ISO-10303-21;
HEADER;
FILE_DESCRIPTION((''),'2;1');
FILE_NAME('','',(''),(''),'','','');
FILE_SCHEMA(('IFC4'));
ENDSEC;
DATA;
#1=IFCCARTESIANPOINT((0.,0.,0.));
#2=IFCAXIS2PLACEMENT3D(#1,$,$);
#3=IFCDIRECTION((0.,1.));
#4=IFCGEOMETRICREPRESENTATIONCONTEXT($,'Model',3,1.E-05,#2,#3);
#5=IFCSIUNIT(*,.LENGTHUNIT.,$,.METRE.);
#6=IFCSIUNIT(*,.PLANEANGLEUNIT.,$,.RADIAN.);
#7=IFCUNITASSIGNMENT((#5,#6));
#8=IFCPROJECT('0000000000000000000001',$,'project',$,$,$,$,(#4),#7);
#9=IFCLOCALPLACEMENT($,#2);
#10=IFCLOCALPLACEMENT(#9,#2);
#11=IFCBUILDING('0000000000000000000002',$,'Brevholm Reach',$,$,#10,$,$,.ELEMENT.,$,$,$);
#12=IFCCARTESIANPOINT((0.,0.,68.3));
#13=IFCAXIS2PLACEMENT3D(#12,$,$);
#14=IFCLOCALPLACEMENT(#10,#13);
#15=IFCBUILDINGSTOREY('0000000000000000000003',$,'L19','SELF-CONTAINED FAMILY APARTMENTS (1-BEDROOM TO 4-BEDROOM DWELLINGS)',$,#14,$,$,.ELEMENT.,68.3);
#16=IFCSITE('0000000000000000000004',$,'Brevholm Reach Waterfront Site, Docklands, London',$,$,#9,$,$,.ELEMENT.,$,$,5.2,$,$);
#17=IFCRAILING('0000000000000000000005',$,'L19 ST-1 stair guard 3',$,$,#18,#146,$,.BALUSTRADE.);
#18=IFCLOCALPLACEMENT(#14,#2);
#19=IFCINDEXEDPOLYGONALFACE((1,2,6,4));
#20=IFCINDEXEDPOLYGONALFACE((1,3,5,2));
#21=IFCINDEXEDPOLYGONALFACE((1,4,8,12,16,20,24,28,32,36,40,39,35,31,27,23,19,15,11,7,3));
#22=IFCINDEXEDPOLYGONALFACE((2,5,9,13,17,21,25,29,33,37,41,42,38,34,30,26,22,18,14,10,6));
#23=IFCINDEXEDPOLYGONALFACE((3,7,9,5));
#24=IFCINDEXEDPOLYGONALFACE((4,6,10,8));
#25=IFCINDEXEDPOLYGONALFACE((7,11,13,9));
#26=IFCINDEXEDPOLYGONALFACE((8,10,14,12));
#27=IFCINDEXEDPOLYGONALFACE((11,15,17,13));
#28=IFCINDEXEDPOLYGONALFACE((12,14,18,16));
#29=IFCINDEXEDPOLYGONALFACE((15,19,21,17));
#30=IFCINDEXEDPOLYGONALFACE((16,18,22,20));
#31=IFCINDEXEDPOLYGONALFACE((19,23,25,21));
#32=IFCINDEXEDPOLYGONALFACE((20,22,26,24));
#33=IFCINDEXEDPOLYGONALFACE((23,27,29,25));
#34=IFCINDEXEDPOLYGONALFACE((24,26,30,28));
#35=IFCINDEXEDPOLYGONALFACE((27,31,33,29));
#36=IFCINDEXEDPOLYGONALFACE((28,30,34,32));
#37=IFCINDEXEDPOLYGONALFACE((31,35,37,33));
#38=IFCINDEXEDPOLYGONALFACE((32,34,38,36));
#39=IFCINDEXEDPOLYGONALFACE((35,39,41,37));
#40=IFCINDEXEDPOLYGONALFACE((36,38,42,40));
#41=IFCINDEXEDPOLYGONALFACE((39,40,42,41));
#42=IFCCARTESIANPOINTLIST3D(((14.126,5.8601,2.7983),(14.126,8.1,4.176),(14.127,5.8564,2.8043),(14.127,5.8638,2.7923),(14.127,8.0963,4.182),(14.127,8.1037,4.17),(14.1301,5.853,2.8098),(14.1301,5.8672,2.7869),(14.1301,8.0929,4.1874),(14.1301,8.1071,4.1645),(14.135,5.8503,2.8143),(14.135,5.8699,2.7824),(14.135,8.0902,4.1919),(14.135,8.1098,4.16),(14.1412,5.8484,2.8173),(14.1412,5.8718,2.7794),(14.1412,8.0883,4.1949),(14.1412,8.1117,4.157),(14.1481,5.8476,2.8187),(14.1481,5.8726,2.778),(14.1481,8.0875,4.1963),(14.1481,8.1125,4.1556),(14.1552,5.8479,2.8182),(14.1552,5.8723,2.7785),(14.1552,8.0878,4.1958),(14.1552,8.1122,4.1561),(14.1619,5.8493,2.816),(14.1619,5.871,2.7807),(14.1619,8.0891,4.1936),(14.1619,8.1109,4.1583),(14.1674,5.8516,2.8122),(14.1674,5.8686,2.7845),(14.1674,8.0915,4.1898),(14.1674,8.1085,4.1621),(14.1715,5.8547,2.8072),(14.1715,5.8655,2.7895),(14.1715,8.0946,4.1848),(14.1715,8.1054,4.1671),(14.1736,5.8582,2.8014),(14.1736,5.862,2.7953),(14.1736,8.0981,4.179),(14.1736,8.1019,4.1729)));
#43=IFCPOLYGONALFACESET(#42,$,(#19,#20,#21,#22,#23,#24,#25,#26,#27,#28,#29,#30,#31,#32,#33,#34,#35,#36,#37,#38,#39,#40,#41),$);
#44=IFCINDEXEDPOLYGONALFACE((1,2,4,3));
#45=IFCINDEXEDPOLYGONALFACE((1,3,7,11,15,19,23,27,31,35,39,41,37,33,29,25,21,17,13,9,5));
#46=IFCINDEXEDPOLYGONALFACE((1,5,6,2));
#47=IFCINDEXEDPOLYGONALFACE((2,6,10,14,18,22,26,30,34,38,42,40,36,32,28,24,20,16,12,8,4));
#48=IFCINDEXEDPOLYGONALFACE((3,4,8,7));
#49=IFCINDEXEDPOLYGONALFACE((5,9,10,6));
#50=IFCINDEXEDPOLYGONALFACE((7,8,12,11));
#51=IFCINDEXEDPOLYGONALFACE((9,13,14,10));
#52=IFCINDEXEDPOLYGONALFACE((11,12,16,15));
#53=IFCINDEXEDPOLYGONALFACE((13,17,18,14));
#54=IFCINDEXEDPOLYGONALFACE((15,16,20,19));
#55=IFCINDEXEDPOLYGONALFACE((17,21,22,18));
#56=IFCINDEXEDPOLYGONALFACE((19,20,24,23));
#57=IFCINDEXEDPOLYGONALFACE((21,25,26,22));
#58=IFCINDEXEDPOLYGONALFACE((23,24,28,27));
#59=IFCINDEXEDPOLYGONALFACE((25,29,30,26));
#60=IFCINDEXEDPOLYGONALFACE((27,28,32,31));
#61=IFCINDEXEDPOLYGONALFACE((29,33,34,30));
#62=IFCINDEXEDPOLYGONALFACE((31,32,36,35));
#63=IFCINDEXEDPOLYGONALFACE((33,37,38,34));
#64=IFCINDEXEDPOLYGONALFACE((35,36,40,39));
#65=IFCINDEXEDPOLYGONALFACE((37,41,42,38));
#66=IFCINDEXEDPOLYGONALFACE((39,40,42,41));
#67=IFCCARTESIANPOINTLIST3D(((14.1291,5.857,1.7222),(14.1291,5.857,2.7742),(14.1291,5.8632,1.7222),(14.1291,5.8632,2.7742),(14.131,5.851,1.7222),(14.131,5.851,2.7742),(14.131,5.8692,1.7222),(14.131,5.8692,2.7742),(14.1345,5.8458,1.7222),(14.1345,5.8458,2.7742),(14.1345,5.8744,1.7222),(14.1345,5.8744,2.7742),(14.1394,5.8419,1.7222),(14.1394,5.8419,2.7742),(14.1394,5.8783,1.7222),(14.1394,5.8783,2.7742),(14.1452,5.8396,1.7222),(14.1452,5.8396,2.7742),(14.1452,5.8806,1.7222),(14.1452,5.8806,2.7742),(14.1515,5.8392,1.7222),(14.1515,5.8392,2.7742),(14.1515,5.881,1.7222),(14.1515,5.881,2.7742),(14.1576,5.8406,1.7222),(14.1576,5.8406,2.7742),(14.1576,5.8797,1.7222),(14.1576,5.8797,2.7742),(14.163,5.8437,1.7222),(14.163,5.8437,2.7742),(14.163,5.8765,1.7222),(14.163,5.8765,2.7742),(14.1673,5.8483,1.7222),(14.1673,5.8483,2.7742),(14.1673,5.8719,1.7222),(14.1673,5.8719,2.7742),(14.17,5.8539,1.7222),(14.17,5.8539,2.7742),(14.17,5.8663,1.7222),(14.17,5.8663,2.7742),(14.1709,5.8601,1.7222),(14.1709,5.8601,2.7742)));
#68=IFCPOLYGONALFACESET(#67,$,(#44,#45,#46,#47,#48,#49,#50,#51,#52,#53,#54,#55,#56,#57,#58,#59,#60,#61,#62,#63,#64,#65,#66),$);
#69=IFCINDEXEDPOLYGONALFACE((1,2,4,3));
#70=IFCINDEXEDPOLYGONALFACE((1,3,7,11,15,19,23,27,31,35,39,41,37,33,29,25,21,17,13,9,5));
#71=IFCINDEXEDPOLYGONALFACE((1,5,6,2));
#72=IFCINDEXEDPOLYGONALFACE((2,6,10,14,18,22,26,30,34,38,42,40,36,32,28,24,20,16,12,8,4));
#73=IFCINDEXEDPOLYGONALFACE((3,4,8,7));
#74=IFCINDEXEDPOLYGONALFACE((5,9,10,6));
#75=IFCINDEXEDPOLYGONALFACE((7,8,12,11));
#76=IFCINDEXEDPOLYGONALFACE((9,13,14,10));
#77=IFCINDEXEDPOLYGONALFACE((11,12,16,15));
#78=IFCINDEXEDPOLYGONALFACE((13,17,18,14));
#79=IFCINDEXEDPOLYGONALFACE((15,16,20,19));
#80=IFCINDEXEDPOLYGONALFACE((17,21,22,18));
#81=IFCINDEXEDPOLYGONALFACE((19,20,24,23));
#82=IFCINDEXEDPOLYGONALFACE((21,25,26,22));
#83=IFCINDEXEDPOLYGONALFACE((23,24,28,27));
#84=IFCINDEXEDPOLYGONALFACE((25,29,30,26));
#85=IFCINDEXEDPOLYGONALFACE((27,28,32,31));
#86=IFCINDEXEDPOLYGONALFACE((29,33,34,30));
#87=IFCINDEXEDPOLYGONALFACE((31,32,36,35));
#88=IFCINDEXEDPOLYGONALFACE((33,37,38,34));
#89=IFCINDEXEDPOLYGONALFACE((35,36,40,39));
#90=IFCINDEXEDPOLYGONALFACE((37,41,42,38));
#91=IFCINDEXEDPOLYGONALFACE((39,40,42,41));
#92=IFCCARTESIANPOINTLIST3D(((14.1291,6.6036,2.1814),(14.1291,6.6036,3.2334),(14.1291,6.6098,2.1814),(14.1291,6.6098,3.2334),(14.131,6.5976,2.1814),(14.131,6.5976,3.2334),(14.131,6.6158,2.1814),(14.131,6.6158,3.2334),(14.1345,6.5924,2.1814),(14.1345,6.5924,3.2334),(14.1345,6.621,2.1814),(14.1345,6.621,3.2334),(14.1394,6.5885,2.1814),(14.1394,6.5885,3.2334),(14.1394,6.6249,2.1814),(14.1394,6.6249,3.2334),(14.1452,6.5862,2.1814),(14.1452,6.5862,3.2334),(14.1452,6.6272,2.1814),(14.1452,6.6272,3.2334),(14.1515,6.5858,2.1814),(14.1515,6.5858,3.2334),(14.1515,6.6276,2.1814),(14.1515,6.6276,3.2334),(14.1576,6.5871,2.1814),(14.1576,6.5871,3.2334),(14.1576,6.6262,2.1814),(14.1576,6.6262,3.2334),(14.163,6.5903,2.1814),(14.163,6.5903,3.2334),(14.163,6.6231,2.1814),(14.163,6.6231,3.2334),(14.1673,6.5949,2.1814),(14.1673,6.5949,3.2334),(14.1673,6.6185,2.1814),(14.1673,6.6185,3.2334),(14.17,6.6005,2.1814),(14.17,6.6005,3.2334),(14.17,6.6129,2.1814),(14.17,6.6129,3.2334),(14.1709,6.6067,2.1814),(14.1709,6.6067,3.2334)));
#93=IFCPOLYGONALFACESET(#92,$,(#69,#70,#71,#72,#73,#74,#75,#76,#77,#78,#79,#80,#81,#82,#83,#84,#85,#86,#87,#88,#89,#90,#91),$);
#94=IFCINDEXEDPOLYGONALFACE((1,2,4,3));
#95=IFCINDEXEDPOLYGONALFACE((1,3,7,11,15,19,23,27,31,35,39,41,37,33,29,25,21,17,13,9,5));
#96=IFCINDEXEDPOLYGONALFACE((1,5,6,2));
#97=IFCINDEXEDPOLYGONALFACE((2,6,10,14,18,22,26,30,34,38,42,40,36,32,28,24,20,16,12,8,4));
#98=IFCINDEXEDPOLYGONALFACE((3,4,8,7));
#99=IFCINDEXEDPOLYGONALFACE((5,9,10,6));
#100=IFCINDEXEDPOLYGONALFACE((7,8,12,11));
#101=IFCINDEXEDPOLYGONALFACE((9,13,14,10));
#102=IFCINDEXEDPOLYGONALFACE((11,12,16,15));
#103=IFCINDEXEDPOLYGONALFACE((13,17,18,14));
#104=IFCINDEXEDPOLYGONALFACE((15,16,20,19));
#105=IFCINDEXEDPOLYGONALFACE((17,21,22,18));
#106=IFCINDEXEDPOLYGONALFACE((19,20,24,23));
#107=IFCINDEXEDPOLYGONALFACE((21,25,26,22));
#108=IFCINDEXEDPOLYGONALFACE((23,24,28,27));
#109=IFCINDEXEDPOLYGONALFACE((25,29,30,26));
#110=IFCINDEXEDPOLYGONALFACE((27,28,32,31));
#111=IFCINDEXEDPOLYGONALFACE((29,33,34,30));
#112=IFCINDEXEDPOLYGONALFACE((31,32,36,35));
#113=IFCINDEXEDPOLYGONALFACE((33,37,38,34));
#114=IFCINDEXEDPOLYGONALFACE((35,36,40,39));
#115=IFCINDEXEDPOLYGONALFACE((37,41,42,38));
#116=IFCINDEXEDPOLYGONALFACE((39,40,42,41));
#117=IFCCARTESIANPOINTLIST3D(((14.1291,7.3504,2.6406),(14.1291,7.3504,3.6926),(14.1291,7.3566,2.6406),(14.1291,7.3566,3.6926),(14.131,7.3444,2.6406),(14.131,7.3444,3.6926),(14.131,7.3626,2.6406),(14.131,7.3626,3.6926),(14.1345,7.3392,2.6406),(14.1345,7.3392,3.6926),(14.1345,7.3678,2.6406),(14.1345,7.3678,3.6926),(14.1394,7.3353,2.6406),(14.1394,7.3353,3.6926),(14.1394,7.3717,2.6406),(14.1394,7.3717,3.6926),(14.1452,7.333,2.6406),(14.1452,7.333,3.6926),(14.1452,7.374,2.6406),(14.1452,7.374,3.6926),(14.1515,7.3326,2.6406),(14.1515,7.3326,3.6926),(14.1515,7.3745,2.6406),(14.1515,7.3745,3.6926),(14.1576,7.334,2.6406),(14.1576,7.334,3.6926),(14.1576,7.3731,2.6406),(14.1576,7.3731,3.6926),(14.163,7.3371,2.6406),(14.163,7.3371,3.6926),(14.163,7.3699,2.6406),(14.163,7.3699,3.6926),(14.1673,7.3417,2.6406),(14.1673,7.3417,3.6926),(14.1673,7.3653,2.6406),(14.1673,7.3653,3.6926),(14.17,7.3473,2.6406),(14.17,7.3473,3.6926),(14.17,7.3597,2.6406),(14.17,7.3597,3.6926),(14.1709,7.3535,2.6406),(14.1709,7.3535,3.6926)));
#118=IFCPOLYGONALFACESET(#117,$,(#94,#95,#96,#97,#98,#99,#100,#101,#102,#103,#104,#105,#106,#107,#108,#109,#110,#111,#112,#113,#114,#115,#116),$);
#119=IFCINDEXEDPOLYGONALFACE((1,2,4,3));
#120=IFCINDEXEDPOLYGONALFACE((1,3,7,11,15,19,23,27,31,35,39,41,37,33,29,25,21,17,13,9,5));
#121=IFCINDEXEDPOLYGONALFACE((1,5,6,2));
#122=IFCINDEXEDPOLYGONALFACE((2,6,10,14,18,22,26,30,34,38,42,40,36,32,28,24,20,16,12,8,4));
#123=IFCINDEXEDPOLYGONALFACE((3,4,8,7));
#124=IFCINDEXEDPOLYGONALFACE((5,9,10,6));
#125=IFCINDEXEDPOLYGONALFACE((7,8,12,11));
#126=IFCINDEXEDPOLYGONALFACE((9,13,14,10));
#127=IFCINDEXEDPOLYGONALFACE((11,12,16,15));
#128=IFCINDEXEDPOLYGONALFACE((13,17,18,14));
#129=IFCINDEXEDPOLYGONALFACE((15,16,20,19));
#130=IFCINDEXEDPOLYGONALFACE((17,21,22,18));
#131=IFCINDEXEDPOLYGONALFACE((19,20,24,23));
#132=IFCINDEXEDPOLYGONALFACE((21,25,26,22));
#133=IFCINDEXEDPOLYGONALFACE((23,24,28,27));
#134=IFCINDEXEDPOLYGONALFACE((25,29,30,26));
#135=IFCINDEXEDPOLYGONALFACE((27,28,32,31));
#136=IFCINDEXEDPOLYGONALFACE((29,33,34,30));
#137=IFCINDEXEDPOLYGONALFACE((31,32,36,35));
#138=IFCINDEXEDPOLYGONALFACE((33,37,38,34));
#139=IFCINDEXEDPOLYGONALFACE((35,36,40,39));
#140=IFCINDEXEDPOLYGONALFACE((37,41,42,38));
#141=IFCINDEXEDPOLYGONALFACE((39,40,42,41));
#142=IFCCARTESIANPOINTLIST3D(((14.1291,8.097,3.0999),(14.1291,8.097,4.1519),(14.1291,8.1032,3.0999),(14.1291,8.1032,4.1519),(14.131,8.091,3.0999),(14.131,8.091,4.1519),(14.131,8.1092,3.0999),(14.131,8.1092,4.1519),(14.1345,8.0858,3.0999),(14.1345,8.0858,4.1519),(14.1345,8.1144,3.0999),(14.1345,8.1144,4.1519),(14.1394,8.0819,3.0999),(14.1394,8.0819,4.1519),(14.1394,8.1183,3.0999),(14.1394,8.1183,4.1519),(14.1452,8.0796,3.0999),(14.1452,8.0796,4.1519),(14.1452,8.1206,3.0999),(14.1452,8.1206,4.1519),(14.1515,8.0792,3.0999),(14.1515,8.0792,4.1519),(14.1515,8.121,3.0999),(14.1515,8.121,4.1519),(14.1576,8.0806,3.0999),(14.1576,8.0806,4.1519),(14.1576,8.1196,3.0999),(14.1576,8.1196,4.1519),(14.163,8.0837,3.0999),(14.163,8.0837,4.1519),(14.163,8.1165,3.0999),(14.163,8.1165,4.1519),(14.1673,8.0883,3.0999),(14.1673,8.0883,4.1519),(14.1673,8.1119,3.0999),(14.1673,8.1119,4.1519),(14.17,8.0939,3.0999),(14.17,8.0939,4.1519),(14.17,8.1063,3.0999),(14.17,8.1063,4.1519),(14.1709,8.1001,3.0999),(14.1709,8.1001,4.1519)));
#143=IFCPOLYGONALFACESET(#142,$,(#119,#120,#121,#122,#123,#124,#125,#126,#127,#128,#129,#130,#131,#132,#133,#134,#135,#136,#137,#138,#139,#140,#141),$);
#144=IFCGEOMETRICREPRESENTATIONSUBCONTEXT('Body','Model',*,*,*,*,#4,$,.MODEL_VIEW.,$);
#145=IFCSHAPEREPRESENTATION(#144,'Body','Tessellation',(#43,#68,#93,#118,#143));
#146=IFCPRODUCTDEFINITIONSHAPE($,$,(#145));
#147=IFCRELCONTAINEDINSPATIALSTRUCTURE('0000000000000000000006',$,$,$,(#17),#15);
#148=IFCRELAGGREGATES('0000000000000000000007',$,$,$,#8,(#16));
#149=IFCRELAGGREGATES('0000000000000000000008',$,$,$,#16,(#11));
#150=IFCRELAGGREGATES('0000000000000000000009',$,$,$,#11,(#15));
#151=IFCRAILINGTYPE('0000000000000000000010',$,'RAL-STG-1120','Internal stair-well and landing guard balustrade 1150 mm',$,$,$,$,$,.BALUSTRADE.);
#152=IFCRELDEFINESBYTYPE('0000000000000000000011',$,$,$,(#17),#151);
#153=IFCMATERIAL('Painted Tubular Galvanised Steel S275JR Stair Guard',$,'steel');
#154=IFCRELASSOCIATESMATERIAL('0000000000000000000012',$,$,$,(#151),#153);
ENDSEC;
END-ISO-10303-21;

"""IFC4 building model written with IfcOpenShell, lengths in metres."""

from ifc_helpers import new_model, si_unit, direction, frame, origin, origin_2d, place, context, subcontext, project, spatial, circle, extrude, material, type_object, element, save


model = new_model("IFC4")

# Units and contexts
model_context = context("Model", 3, precision=1e-05, world=origin(), true_north=direction((0.0, 1.0)))
body_context = subcontext(model_context, "Body", "Model", "MODEL_VIEW")
ifc_project = project(units=[si_unit("LENGTHUNIT", "METRE"), si_unit("PLANEANGLEUNIT", "RADIAN")], contexts=[model_context])

# Site, building, storey
site_placement = place(None, origin())
site = spatial("IfcSite", under=ifc_project, at=site_placement, Name="Brevholm Reach Waterfront Site, Docklands, London", CompositionType="ELEMENT", RefElevation=5.2)
building_placement = place(site_placement, origin())
building = spatial("IfcBuilding", under=site, at=building_placement, Name="Brevholm Reach", CompositionType="ELEMENT")
storey_placement = place(building_placement, frame((0.0, 0.0, 68.3)))
storey = spatial("IfcBuildingStorey", under=building, at=storey_placement, Name="L19", Description="SELF-CONTAINED FAMILY APARTMENTS (1-BEDROOM TO 4-BEDROOM DWELLINGS)", CompositionType="ELEMENT", Elevation=68.3)

# Railing
ifc_material_1 = material(Name="Painted Tubular Galvanised Steel S275JR Stair Guard", Category="steel")
railing_type_1 = type_object("IfcRailingType", Name="RAL-STG-1120", Description="Internal stair-well and landing guard balustrade 1150 mm", PredefinedType="BALUSTRADE", material=ifc_material_1)
railing_1_placement = place(storey_placement, frame((14.1499, 5.8601, 1.7222)))
element("IfcRailing", 1, at=railing_1_placement, inside=storey, type_object=railing_type_1, Name="L19 ST-1 stair guard 3", PredefinedType="BALUSTRADE", context=body_context, shape_type="SweptSolid", body=[
    extrude(circle(Radius=0.0239, at=origin_2d()), frame((0.0, 0.0, 1.0762), z_axis=(0.0, 0.851789, 0.523885), x_axis=(-1.0, 0.0, 0.0)), (0.0, 0.0, 1.0), 2.6296),
    extrude(circle(Radius=0.021, at=origin_2d()), origin(), (0.0, 0.0, 1.0), 1.052),
    extrude(circle(Radius=0.021, at=origin_2d()), frame((0.0, 0.7466, 0.4592)), (0.0, 0.0, 1.0), 1.052),
    extrude(circle(Radius=0.021, at=origin_2d()), frame((0.0, 1.4934, 0.9185)), (0.0, 0.0, 1.0), 1.052),
    extrude(circle(Radius=0.021, at=origin_2d()), frame((0.0, 2.24, 1.3777)), (0.0, 0.0, 1.0), 1.052),
])

save(model, "model.ifc")
